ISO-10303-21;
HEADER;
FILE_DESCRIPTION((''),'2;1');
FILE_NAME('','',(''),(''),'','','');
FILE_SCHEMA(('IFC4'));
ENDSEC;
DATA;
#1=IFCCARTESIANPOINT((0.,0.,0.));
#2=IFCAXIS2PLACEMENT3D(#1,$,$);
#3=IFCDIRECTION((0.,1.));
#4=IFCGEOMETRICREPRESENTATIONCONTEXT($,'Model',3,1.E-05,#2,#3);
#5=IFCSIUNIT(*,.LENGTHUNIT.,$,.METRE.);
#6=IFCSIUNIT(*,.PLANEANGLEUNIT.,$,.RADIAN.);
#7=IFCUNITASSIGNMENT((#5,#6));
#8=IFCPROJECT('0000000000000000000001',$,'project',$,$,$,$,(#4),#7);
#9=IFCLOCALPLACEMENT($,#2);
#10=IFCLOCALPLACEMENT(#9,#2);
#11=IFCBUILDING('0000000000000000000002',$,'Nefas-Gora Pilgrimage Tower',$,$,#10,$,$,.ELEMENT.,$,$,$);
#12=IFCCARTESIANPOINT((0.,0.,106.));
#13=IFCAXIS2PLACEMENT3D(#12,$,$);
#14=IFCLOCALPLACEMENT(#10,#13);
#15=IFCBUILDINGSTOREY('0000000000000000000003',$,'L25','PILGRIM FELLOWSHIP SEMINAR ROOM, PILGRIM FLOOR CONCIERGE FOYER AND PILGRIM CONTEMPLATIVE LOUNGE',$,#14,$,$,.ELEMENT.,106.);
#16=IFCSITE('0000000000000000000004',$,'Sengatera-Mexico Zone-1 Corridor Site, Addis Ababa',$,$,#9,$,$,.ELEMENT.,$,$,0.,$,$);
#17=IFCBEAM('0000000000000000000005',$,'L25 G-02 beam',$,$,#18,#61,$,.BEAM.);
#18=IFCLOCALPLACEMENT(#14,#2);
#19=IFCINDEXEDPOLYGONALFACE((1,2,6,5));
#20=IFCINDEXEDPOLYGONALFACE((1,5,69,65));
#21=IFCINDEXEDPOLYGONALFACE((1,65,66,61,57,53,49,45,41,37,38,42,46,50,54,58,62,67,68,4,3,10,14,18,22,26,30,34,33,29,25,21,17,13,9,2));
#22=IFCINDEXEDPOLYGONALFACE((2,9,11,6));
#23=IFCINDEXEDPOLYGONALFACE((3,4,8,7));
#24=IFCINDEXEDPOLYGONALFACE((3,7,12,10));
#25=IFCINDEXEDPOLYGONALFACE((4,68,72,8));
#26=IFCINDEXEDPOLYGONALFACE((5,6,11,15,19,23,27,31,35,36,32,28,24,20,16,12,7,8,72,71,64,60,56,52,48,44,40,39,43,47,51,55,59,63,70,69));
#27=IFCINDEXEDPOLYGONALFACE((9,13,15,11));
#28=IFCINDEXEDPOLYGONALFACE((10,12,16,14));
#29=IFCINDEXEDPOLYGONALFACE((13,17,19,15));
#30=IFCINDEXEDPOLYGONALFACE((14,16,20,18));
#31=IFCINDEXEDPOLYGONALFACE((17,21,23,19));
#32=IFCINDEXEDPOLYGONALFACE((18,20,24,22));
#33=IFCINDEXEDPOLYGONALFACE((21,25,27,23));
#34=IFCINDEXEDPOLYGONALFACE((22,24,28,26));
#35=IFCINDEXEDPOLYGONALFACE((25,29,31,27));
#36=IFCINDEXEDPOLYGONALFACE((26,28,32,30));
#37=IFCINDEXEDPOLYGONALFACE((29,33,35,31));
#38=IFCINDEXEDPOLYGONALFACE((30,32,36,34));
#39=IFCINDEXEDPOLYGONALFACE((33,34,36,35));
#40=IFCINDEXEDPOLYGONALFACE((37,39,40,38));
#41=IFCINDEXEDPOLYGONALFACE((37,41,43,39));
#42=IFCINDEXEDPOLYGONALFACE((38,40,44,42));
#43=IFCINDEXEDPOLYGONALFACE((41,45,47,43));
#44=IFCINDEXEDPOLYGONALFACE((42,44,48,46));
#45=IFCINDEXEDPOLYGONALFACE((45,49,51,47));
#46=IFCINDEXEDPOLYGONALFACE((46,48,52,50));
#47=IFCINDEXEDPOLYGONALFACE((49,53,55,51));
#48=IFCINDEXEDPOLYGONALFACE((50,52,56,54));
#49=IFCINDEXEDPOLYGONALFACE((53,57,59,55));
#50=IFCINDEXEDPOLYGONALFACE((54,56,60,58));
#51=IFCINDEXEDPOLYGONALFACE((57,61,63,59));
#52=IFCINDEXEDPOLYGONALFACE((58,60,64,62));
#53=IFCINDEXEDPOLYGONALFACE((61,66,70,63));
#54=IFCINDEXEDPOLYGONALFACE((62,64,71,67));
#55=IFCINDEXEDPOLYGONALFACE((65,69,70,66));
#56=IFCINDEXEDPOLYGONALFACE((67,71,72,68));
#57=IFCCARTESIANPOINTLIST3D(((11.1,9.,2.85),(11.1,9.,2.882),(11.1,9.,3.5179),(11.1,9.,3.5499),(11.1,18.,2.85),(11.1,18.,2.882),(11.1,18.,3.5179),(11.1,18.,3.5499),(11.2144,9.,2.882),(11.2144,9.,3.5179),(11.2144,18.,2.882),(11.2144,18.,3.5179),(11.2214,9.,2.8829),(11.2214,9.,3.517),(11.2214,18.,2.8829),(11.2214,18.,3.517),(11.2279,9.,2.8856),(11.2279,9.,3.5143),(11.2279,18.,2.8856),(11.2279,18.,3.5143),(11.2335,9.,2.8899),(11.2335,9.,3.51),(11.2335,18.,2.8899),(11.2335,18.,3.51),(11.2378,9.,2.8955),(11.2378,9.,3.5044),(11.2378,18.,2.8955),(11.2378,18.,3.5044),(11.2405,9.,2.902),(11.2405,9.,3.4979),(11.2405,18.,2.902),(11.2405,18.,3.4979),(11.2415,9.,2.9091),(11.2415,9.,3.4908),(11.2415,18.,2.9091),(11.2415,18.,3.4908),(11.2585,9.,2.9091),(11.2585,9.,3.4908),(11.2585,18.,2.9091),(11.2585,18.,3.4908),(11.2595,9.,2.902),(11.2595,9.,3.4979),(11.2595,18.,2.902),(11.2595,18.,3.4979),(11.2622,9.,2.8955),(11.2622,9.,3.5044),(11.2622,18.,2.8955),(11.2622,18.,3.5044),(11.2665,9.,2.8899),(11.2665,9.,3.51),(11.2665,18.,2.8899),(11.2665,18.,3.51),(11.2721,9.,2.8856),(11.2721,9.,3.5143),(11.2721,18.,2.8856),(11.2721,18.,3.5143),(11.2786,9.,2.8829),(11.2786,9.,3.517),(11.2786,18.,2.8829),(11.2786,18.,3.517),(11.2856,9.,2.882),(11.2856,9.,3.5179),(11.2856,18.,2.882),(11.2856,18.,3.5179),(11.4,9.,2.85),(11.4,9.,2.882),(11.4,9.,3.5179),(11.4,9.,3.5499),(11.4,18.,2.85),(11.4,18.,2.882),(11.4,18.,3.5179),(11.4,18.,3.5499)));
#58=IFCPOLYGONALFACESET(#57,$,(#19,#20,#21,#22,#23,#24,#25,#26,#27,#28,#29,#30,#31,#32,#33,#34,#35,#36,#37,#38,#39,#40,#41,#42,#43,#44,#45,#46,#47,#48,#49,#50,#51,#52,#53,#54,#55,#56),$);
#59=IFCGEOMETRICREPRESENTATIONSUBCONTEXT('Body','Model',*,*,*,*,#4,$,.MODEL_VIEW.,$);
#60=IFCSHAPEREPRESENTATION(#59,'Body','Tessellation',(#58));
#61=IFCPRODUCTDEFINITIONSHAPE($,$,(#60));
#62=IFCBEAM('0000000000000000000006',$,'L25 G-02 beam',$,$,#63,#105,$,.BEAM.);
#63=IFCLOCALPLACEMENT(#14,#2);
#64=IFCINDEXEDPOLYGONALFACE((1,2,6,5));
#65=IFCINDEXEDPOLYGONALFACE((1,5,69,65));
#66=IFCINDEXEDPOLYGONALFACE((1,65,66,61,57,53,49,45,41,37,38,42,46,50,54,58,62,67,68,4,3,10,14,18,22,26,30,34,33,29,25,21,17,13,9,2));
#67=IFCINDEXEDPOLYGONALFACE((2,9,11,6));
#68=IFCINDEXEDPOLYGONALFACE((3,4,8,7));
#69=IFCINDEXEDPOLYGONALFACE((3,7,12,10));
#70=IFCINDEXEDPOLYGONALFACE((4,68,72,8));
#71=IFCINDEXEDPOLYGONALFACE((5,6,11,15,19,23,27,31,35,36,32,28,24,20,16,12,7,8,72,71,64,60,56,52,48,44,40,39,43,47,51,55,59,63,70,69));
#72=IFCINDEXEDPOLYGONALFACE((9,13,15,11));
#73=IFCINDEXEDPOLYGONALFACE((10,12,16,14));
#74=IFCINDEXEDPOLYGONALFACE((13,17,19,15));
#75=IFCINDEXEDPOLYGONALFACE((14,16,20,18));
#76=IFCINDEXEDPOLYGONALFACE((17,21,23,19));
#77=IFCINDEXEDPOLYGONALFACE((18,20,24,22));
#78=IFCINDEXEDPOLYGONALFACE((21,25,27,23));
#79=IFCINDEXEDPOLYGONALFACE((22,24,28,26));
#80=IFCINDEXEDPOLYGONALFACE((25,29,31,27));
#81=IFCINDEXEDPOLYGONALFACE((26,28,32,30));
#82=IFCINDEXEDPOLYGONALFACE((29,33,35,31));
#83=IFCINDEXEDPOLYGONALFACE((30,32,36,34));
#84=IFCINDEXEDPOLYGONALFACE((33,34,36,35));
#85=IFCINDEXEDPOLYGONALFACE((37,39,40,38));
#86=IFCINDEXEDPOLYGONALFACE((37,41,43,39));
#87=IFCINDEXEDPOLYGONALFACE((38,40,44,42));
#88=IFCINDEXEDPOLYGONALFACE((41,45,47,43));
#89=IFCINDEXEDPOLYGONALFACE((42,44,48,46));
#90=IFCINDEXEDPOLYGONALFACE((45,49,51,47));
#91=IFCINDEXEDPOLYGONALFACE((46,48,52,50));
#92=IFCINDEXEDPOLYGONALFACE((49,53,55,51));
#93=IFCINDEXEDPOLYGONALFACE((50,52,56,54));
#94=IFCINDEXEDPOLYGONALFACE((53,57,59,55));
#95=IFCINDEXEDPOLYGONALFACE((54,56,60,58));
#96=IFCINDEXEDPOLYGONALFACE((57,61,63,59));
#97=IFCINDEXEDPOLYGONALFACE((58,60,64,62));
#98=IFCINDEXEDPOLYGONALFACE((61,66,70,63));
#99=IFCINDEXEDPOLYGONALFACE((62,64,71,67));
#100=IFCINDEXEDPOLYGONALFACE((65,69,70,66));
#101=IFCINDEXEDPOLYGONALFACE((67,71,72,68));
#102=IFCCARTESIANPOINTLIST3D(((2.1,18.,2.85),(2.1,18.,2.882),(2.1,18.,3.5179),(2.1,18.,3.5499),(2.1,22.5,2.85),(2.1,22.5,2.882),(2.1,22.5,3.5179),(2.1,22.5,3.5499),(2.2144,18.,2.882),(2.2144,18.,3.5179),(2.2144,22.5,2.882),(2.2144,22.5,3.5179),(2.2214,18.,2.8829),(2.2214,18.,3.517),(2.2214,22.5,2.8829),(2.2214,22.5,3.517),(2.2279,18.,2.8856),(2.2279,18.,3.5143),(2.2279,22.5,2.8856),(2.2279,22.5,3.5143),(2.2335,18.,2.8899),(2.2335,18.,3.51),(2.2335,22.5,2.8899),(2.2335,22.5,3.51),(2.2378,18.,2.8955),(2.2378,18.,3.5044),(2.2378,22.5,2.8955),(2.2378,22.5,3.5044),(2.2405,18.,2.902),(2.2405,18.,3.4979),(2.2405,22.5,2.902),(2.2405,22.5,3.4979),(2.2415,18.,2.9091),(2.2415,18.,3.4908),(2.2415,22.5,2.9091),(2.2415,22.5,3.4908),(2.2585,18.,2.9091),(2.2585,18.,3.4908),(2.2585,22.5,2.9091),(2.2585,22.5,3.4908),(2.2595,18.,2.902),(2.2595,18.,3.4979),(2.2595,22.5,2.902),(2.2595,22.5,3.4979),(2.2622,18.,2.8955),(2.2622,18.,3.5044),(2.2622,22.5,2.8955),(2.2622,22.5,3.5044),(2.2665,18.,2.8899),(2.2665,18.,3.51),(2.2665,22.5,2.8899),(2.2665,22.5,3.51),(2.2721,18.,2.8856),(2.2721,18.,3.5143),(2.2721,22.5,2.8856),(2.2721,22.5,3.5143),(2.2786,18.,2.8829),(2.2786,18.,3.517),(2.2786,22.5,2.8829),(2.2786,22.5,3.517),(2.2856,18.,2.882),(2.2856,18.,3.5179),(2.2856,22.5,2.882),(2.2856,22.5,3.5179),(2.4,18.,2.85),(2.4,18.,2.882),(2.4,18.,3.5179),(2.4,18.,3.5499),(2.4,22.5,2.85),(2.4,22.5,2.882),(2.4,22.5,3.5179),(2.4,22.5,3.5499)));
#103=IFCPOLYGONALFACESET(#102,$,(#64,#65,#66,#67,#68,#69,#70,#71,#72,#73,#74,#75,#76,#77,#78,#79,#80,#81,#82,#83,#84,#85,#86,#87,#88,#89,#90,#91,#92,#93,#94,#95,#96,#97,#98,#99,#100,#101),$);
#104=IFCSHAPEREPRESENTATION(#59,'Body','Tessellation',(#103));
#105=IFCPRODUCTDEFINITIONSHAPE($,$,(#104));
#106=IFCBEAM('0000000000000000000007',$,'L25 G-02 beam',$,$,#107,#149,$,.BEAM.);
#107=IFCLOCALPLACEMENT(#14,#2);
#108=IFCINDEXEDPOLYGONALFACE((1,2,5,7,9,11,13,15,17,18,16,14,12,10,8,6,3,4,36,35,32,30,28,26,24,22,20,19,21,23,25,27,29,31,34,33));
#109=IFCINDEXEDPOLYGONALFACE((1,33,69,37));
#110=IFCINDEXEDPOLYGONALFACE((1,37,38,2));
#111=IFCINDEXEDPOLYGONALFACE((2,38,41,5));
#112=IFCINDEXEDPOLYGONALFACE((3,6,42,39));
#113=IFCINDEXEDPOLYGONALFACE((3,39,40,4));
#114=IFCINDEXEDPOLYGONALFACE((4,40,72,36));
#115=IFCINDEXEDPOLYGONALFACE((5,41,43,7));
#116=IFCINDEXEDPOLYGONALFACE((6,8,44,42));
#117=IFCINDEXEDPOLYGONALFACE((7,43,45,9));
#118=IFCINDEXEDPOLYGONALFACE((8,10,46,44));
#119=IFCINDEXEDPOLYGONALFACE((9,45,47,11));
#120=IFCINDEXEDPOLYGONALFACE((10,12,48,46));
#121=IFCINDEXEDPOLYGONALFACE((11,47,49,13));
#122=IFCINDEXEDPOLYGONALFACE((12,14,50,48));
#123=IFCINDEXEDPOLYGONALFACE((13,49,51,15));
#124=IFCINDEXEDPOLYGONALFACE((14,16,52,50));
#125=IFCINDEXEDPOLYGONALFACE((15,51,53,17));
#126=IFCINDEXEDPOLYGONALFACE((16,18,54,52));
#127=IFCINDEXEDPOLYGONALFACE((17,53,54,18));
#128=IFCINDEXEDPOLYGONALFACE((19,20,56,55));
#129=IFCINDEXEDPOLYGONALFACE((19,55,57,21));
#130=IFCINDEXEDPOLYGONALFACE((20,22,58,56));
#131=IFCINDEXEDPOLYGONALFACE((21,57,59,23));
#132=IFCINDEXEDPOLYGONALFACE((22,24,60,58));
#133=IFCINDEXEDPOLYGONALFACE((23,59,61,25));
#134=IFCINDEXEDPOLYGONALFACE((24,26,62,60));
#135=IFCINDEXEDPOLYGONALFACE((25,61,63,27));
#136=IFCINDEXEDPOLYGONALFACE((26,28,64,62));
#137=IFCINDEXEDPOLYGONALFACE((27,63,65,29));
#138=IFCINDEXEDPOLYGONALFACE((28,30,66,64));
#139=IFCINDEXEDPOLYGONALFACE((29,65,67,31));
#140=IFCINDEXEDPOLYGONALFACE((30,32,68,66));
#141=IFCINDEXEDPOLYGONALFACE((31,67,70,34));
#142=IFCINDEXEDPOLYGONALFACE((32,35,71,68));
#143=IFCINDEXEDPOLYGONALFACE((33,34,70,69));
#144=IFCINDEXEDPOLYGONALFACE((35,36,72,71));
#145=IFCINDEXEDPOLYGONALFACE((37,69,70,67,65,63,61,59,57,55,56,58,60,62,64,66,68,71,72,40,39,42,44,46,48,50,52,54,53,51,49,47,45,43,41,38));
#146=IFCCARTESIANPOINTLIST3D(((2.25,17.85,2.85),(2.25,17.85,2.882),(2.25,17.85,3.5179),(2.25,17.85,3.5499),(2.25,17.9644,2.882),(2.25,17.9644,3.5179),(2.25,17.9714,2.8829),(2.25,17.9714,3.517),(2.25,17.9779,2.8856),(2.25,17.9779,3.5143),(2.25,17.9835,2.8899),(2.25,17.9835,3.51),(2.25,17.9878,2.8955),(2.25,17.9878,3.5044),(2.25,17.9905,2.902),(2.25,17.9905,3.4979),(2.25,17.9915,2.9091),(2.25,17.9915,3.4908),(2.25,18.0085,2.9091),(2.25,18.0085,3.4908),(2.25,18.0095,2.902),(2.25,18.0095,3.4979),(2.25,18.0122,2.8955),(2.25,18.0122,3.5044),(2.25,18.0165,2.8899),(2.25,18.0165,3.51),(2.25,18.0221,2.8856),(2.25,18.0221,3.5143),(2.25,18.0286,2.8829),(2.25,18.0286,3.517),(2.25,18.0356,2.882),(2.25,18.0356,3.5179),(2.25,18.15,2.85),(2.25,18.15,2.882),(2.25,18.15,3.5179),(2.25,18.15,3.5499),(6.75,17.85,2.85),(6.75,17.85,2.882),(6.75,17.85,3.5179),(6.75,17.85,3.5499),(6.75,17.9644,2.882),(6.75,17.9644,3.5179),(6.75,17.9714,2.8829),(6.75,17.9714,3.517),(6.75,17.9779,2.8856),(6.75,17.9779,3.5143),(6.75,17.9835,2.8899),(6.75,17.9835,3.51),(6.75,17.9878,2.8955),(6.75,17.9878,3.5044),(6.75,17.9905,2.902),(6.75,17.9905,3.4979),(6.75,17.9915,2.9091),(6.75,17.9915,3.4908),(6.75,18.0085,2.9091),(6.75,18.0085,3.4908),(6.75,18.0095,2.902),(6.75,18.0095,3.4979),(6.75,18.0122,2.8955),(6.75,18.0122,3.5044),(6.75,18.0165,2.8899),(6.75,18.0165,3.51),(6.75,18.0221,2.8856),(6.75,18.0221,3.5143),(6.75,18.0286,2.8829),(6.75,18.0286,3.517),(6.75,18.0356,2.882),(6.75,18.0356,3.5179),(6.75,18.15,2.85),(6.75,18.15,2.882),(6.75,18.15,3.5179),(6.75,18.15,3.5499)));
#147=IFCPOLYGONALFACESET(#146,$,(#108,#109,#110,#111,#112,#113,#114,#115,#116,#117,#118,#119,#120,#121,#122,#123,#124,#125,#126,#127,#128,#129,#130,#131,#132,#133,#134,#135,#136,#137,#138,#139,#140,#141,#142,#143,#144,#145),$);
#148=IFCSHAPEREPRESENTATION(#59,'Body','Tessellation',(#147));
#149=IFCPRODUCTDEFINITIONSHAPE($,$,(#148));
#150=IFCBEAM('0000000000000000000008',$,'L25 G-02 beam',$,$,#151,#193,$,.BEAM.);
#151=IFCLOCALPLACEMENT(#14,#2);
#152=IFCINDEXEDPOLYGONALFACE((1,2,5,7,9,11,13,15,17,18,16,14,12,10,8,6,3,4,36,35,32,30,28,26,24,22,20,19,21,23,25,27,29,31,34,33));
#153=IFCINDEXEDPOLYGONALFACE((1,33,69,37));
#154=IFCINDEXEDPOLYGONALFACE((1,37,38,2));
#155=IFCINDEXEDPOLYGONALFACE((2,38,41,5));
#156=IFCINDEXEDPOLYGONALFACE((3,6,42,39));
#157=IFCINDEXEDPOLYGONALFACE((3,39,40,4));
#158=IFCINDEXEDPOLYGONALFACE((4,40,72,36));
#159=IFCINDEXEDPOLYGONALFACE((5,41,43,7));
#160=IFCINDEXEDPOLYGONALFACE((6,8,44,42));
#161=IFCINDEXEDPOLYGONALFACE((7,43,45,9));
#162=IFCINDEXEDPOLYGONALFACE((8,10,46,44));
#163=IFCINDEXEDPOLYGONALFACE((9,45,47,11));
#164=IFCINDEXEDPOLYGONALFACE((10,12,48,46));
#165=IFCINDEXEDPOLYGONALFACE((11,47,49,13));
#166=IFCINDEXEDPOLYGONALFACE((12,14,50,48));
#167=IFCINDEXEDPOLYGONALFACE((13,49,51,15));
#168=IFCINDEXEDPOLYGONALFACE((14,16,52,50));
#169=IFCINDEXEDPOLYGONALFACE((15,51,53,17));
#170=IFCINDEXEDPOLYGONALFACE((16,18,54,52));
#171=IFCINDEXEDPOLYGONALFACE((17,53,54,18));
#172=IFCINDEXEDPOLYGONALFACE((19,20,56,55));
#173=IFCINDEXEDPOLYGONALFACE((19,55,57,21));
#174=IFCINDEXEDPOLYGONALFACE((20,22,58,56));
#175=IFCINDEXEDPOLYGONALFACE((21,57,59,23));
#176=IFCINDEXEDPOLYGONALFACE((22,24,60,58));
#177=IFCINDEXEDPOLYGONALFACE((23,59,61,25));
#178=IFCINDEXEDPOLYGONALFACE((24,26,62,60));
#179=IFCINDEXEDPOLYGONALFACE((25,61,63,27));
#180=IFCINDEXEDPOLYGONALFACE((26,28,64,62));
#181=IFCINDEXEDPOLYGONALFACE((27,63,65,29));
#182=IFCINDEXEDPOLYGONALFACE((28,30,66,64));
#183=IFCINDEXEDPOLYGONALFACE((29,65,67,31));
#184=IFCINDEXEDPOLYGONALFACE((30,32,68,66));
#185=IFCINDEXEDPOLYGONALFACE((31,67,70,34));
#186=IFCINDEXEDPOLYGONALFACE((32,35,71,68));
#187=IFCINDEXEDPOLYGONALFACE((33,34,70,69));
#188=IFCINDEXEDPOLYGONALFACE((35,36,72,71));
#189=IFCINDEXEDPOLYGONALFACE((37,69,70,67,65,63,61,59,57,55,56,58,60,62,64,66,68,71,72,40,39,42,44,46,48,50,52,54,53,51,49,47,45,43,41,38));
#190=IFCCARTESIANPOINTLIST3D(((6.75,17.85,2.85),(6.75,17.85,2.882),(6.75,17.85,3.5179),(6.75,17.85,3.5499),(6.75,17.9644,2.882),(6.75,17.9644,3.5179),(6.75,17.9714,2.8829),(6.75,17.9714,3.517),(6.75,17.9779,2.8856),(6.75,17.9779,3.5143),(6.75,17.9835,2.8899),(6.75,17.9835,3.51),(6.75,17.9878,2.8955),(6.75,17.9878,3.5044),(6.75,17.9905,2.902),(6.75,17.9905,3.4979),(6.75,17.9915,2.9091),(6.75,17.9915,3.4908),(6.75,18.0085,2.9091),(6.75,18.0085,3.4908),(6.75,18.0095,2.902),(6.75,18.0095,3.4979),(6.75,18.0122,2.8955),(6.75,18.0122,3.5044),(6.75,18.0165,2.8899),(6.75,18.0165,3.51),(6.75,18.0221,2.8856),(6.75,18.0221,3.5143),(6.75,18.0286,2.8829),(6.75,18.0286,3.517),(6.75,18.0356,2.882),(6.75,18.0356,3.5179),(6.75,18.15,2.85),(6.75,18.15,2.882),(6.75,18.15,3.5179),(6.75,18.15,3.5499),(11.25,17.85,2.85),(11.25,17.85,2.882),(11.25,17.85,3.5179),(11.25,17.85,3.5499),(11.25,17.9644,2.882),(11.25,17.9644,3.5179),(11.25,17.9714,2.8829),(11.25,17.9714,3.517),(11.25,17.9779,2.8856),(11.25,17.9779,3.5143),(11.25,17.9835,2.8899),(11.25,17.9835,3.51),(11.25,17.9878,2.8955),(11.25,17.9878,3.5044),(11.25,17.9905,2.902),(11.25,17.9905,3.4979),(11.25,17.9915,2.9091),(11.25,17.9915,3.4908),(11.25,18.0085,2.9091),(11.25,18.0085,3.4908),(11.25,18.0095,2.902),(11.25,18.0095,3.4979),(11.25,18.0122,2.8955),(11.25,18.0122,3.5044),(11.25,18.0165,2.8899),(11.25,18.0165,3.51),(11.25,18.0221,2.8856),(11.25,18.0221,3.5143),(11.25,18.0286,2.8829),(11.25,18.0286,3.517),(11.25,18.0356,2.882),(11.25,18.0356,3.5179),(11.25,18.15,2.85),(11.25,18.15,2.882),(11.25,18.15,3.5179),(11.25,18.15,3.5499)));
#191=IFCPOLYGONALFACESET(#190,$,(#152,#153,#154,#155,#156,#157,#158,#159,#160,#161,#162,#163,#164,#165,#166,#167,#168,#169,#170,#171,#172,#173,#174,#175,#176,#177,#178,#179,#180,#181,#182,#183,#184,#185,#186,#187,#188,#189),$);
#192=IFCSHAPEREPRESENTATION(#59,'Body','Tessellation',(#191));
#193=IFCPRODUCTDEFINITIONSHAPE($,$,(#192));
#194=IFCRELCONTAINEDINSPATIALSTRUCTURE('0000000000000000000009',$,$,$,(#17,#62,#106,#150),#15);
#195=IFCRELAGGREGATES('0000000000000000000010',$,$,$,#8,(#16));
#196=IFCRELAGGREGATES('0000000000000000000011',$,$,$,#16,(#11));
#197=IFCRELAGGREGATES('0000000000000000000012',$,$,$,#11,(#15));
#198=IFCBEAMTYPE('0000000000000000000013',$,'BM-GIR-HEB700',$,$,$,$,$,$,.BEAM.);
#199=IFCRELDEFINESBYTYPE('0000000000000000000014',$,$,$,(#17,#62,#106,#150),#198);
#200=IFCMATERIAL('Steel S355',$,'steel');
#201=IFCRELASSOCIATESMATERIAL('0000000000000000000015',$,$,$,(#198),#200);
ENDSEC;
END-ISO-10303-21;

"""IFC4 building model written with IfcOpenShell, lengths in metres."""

from ifc_helpers import new_model, si_unit, direction, frame, origin, origin_2d, place, context, subcontext, project, spatial, i_section, extrude, source, transform, mapped, material, material_profile, profile_set, type_object, element, save


model = new_model("IFC4")

# Units and contexts
model_context = context("Model", 3, precision=1e-05, world=origin(), true_north=direction((0.0, 1.0)))
body_context = subcontext(model_context, "Body", "Model", "MODEL_VIEW")
ifc_project = project(units=[si_unit("LENGTHUNIT", "METRE"), si_unit("PLANEANGLEUNIT", "RADIAN")], contexts=[model_context])

# Site, building, storey
site_placement = place(None, origin())
site = spatial("IfcSite", under=ifc_project, at=site_placement, Name="Sengatera-Mexico Zone-1 Corridor Site, Addis Ababa", CompositionType="ELEMENT", RefElevation=0.0)
building_placement = place(site_placement, origin())
building = spatial("IfcBuilding", under=site, at=building_placement, Name="Nefas-Gora Pilgrimage Tower", CompositionType="ELEMENT")
storey_placement = place(building_placement, frame((0.0, 0.0, 106.0)))
storey = spatial("IfcBuildingStorey", under=building, at=storey_placement, Name="L25", Description="PILGRIM FELLOWSHIP SEMINAR ROOM, PILGRIM FLOOR CONCIERGE FOYER AND PILGRIM CONTEMPLATIVE LOUNGE", CompositionType="ELEMENT", Elevation=106.0)

# Beams
ifc_material_1 = material(Name="Steel S355", Category="steel")
ifc_material_profile_1 = material_profile(ifc_material_1, i_section(OverallWidth=0.3, OverallDepth=0.7, WebThickness=0.0171, FlangeThickness=0.032, FilletRadius=0.0271, at=origin_2d()), Name="HEB 700")
ifc_profile_set_1 = profile_set([ifc_material_profile_1], Name="Steel S355")
beam_type_1 = type_object("IfcBeamType", Name="BM-GIR-HEB700", PredefinedType="BEAM", material=ifc_profile_set_1)
shared_shape_1 = source(origin(), body_context, "Body", "SweptSolid", [
    extrude(i_section(OverallWidth=0.3, OverallDepth=0.7, WebThickness=0.0171, FlangeThickness=0.032, FilletRadius=0.0271, at=origin_2d()), origin(), (0.0, 0.0, 1.0), 9.0),
])
beam_1_placement = place(storey_placement, frame((11.25, 9.0, 3.2), z_axis=(0.0, 1.0, 0.0), x_axis=(-1.0, 0.0, 0.0)))
element("IfcBeam", 1, at=beam_1_placement, inside=storey, type_object=beam_type_1, Name="L25 G-02 beam", PredefinedType="BEAM", context=body_context, shape_type="MappedRepresentation", body=[
    mapped(shared_shape_1, transform((0.0, 0.0, 0.0), x_axis=(1.0, 0.0, 0.0), y_axis=(0.0, 1.0, 0.0), z_axis=(0.0, 0.0, 1.0), scale=1.0)),
])
shared_shape_2 = source(origin(), body_context, "Body", "SweptSolid", [
    extrude(i_section(OverallWidth=0.3, OverallDepth=0.7, WebThickness=0.0171, FlangeThickness=0.032, FilletRadius=0.0271, at=origin_2d()), origin(), (0.0, 0.0, 1.0), 4.5),
])
for number, where, z_axis, x_axis, name in (
    (2, (2.25, 18.0, 3.2), (0.0, 1.0, 0.0), (-1.0, 0.0, 0.0), "L25 G-02 beam"),
    (3, (2.25, 18.0, 3.2), (1.0, 0.0, 0.0), (0.0, 1.0, 0.0), "L25 G-02 beam"),
    (4, (6.75, 18.0, 3.2), (1.0, 0.0, 0.0), (0.0, 1.0, 0.0), "L25 G-02 beam"),
):
    element("IfcBeam", number, at=place(storey_placement, frame(where, z_axis=z_axis, x_axis=x_axis)), inside=storey, type_object=beam_type_1, Name=name, PredefinedType="BEAM", context=body_context, shape_type="MappedRepresentation", body=[
        mapped(shared_shape_2, transform((0.0, 0.0, 0.0), x_axis=(1.0, 0.0, 0.0), y_axis=(0.0, 1.0, 0.0), z_axis=(0.0, 0.0, 1.0), scale=1.0)),
    ])

save(model, "model.ifc")
